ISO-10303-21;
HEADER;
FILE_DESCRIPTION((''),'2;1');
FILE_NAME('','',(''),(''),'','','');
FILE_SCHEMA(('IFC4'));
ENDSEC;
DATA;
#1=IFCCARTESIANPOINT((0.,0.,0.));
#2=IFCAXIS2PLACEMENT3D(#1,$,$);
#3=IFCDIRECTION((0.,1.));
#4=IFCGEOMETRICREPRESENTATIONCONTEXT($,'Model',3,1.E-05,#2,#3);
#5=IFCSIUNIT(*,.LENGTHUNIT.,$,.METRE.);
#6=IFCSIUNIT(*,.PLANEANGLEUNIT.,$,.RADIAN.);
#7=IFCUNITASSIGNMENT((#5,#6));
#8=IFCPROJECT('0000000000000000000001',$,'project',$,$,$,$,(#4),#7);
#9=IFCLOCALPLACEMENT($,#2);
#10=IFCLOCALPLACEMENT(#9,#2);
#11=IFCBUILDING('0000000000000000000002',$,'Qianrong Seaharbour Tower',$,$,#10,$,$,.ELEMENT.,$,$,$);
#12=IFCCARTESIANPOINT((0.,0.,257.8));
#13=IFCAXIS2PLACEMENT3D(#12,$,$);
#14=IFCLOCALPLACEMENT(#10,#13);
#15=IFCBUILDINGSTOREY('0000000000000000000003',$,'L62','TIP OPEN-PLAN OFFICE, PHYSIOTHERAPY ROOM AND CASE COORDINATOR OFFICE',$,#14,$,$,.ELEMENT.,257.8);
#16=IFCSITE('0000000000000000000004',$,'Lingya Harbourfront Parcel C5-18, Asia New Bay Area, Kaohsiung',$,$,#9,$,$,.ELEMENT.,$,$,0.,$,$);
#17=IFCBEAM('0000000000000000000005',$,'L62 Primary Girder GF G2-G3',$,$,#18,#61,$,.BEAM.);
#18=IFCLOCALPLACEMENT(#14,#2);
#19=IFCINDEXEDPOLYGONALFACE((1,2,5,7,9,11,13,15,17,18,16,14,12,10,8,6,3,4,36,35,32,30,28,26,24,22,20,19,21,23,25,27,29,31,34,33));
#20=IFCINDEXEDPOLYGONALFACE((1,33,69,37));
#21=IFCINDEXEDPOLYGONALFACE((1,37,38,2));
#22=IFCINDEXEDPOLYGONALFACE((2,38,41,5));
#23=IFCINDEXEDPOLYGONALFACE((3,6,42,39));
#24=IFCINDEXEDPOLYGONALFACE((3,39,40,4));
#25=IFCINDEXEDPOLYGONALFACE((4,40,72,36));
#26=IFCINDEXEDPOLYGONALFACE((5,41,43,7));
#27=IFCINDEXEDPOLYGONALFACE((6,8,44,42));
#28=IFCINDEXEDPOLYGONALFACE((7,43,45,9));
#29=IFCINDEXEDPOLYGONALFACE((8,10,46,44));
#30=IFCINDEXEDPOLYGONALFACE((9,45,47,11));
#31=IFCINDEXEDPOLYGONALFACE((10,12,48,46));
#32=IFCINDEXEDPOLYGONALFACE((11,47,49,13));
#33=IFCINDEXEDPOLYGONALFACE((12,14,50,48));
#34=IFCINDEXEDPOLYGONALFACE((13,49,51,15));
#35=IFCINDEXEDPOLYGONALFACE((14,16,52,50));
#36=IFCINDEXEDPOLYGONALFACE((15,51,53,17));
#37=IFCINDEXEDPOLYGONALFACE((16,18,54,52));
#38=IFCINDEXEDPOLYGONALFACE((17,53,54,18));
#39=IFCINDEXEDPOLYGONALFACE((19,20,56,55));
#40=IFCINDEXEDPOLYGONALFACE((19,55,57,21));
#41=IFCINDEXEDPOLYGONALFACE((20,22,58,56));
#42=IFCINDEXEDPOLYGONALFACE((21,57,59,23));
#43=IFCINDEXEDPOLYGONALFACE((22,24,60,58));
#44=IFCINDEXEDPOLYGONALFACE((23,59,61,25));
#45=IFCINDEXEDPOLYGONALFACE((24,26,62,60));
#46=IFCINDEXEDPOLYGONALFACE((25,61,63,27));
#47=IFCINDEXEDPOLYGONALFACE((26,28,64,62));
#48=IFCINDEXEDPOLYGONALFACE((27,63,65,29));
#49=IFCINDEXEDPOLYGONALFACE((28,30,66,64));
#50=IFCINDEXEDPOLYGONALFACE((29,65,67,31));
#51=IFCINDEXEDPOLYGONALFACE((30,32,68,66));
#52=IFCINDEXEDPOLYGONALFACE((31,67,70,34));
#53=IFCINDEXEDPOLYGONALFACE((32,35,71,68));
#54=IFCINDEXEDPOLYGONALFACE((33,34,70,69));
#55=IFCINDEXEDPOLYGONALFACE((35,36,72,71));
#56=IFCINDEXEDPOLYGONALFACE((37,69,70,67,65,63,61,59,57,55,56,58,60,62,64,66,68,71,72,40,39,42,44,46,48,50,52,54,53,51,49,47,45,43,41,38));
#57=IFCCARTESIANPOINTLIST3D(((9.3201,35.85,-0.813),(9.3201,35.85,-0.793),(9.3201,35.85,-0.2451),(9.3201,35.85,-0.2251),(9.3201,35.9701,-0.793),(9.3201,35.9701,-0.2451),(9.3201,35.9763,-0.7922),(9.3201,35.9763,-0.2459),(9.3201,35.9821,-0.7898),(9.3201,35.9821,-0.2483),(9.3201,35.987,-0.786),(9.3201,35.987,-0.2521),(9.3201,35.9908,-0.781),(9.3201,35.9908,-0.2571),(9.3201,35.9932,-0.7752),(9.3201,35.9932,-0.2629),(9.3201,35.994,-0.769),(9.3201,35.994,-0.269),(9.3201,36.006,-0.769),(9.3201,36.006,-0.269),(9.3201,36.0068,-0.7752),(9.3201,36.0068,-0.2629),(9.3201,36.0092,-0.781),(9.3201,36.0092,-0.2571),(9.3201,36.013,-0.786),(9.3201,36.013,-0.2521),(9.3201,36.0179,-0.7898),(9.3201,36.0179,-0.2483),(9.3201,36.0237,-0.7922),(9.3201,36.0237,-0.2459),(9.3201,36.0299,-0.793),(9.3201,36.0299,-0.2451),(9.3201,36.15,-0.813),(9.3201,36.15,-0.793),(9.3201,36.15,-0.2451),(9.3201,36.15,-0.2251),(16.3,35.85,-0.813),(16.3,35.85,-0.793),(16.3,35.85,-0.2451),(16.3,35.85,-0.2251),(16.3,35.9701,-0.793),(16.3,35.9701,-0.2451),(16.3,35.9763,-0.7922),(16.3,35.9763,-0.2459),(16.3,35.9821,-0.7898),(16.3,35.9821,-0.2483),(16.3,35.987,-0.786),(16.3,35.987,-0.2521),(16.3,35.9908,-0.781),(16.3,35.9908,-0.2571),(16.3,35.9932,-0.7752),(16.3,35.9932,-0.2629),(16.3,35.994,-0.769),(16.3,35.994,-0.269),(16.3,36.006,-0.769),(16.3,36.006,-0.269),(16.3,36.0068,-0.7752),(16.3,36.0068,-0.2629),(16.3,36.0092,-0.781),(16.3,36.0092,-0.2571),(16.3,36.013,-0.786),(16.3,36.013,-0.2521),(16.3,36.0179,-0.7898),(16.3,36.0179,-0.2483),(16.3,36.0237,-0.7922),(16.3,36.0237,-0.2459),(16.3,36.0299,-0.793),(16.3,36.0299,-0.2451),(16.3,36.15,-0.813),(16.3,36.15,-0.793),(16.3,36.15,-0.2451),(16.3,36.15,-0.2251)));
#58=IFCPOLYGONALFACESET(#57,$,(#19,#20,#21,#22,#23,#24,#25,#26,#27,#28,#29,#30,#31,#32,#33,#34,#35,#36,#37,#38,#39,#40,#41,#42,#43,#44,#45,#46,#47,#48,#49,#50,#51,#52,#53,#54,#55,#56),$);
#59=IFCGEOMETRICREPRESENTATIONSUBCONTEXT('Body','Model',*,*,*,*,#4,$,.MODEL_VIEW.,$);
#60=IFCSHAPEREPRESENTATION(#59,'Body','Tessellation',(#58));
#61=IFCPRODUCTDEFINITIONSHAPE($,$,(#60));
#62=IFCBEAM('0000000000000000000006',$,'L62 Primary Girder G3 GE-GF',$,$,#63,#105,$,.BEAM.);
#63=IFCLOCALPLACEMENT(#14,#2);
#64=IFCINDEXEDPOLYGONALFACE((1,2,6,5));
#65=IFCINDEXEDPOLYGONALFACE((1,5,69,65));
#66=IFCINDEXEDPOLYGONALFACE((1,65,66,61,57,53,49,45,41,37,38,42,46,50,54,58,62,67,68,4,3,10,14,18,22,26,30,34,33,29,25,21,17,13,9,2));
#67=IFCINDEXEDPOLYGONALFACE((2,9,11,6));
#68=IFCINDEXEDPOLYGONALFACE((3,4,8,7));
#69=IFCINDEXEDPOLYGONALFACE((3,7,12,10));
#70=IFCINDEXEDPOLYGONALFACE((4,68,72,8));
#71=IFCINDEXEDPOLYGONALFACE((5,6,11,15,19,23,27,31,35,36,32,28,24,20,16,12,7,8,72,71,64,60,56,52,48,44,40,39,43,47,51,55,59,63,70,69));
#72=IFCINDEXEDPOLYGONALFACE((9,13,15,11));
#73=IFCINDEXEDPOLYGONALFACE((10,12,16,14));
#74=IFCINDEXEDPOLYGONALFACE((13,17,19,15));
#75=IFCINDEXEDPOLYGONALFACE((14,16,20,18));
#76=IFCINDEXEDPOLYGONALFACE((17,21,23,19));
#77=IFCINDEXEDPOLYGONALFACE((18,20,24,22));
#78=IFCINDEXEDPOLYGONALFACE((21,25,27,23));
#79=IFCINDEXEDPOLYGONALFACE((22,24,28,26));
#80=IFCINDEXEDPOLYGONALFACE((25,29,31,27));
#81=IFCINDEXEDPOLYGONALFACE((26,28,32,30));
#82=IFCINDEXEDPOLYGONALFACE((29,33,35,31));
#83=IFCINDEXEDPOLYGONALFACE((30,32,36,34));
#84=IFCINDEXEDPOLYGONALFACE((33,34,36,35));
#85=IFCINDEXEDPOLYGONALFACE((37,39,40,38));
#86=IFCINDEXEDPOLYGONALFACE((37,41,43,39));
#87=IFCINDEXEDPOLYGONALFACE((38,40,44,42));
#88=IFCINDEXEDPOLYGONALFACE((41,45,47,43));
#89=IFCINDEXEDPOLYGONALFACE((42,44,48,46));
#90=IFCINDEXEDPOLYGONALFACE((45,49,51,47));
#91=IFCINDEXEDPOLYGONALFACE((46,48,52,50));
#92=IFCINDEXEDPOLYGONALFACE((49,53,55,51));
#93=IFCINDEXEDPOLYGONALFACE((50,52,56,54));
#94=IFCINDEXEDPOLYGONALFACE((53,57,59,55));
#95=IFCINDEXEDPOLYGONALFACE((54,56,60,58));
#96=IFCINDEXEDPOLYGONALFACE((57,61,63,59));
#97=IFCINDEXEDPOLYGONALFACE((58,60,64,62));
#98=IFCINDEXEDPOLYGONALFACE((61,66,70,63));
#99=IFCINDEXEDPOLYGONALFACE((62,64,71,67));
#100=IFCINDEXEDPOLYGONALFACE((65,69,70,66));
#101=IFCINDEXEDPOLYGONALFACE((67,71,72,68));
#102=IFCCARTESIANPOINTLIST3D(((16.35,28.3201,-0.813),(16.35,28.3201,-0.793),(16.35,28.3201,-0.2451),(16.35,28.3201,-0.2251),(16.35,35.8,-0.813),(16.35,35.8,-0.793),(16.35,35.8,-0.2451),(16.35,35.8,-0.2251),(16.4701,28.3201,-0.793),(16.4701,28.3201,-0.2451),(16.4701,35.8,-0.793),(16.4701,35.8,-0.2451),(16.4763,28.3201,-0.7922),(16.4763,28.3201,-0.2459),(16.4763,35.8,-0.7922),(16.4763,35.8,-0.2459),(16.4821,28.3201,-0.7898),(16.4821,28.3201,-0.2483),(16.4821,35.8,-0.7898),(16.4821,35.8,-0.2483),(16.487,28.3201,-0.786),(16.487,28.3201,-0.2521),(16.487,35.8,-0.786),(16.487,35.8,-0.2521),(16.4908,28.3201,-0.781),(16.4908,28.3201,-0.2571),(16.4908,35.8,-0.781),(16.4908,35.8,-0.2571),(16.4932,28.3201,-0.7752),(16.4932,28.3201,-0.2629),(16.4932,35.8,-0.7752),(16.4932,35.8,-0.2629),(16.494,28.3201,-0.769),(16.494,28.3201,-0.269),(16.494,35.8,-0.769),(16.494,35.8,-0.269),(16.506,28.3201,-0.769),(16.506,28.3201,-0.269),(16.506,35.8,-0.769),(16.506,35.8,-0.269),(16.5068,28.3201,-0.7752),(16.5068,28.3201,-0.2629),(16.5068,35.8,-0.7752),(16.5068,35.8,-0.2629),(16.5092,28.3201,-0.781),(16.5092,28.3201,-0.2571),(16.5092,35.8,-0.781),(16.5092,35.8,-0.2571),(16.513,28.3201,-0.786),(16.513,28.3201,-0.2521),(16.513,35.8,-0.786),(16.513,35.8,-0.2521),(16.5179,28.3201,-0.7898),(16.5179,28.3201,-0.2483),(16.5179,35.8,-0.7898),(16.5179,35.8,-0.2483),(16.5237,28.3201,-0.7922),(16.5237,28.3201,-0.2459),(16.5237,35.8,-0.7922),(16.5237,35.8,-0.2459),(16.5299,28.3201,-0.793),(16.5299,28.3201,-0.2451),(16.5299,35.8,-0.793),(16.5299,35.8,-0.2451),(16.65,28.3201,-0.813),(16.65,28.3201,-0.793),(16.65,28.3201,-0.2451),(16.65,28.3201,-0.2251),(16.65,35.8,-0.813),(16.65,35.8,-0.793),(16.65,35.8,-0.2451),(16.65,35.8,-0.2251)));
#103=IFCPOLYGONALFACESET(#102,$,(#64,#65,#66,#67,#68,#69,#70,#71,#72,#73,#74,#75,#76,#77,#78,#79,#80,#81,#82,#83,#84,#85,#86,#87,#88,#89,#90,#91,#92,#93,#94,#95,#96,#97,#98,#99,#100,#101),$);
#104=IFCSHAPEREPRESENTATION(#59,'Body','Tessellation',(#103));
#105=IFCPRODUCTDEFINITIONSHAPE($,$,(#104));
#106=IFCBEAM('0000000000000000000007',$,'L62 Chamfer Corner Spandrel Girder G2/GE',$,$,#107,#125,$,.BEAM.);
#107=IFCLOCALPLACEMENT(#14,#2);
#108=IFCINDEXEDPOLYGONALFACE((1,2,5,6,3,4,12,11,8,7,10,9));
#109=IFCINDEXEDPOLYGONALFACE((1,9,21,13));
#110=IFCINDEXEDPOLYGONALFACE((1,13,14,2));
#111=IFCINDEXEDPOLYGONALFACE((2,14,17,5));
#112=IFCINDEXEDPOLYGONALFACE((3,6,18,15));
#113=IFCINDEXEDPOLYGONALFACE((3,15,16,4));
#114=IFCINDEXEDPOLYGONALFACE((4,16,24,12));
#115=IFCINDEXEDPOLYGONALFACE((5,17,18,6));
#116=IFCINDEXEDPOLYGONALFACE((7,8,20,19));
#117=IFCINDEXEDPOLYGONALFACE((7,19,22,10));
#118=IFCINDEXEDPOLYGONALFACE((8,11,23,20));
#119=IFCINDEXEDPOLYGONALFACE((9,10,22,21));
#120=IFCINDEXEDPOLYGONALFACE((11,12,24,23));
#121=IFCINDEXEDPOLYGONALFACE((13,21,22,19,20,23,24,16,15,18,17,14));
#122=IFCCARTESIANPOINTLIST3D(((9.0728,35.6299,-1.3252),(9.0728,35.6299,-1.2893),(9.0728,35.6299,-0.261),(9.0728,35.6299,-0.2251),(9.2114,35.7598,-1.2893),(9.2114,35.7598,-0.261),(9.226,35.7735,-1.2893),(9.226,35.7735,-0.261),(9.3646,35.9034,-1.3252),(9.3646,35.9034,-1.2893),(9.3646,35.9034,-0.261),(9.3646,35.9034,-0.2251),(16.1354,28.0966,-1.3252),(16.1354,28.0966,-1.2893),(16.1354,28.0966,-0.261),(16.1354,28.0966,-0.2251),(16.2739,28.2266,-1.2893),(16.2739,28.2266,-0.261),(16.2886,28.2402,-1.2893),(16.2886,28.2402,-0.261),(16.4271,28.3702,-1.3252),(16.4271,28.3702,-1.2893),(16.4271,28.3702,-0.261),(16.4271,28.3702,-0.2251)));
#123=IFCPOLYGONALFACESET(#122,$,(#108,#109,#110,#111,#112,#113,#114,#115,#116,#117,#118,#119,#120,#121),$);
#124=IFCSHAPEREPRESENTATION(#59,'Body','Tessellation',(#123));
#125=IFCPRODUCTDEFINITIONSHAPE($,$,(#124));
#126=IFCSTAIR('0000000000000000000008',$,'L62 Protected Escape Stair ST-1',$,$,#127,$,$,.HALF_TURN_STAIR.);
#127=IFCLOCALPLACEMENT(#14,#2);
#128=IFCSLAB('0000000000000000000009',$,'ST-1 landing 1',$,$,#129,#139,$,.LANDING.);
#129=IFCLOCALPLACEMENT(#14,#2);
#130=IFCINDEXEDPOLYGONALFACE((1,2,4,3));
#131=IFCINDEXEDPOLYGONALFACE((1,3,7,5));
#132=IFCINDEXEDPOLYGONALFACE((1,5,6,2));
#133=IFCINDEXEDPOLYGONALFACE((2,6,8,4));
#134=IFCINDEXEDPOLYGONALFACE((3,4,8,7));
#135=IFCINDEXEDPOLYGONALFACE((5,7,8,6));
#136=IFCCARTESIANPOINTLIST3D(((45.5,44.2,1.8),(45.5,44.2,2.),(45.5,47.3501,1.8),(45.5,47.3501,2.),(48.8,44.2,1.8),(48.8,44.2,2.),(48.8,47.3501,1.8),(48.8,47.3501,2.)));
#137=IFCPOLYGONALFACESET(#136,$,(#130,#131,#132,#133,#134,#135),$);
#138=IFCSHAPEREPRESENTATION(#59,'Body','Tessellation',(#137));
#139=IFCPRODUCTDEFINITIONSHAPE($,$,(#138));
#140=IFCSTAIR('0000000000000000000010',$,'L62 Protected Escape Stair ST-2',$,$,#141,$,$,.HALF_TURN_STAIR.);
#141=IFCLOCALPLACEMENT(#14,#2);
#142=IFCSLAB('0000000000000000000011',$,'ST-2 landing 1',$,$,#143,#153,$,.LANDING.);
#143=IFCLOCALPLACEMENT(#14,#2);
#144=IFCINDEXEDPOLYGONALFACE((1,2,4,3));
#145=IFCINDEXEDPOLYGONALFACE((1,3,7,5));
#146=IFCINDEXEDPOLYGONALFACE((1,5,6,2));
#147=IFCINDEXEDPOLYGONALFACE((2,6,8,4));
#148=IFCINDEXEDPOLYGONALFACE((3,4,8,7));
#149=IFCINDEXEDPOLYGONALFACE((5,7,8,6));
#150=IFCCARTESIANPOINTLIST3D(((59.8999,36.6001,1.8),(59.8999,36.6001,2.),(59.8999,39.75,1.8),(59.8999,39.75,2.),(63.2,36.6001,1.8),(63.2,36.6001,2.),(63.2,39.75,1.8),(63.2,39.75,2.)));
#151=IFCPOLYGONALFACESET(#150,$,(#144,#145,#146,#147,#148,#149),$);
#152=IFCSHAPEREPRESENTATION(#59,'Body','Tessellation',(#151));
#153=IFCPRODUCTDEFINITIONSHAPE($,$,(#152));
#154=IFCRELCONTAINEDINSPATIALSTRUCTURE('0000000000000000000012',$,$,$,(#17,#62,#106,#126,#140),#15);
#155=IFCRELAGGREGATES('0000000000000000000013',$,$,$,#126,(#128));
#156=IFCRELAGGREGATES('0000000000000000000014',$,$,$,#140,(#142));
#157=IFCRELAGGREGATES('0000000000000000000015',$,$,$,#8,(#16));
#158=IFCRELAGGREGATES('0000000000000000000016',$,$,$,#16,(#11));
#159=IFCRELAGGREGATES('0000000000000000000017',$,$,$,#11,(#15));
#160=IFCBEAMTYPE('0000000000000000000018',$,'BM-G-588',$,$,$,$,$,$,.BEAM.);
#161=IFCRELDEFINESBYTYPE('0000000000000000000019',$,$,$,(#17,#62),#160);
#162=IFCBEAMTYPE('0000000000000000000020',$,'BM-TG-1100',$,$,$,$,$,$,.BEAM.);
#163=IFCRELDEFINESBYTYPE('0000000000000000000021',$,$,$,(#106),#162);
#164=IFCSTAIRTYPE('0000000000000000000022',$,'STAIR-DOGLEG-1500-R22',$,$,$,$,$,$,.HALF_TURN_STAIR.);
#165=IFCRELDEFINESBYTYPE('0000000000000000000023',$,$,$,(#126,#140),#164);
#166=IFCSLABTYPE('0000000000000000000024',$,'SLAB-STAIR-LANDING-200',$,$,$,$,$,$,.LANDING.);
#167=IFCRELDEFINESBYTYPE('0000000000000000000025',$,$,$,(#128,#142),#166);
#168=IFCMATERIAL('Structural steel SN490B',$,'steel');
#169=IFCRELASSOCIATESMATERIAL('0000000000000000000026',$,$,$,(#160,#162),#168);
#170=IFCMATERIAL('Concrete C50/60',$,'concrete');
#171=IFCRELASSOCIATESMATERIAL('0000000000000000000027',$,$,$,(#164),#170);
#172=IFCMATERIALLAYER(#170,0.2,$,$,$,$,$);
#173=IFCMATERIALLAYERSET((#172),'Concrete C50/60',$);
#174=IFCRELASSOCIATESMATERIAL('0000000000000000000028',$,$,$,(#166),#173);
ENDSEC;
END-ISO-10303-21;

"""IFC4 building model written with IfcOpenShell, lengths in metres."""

from ifc_helpers import new_model, si_unit, direction, frame, origin, origin_2d, place, context, subcontext, project, spatial, polyline, i_section, outline, extrude, material, layer, layer_set, material_profile, profile_set, type_object, element, aggregate, save


model = new_model("IFC4")

# Units and contexts
model_context = context("Model", 3, precision=1e-05, world=origin(), true_north=direction((0.0, 1.0)))
body_context = subcontext(model_context, "Body", "Model", "MODEL_VIEW")
ifc_project = project(units=[si_unit("LENGTHUNIT", "METRE"), si_unit("PLANEANGLEUNIT", "RADIAN")], contexts=[model_context])

# Site, building, storey
site_placement = place(None, origin())
site = spatial("IfcSite", under=ifc_project, at=site_placement, Name="Lingya Harbourfront Parcel C5-18, Asia New Bay Area, Kaohsiung", CompositionType="ELEMENT", RefElevation=0.0)
building_placement = place(site_placement, origin())
building = spatial("IfcBuilding", under=site, at=building_placement, Name="Qianrong Seaharbour Tower", CompositionType="ELEMENT")
storey_placement = place(building_placement, frame((0.0, 0.0, 257.8)))
storey = spatial("IfcBuildingStorey", under=building, at=storey_placement, Name="L62", Description="TIP OPEN-PLAN OFFICE, PHYSIOTHERAPY ROOM AND CASE COORDINATOR OFFICE", CompositionType="ELEMENT", Elevation=257.8)

# Shared definitions
ifc_material_1 = material(Name="Structural steel SN490B", Category="steel")

# Beams
ifc_material_profile_1 = material_profile(ifc_material_1, i_section(OverallWidth=0.3, OverallDepth=0.5879, WebThickness=0.012, FlangeThickness=0.02, FilletRadius=0.0239, at=origin_2d()), Name="H588x300x12x20")
ifc_profile_set_1 = profile_set([ifc_material_profile_1], Name="Structural steel SN490B")
beam_type_1 = type_object("IfcBeamType", Name="BM-G-588", PredefinedType="BEAM", material=ifc_profile_set_1)
beam_1_placement = place(storey_placement, frame((9.3201, 36.0, -0.519), z_axis=(1.0, 0.0, 0.0), x_axis=(0.0, 1.0, 0.0)))
element("IfcBeam", 1, at=beam_1_placement, inside=storey, type_object=beam_type_1, Name="L62 Primary Girder GF G2-G3", PredefinedType="BEAM", context=body_context, shape_type="SweptSolid", body=[
    extrude(i_section(OverallWidth=0.3, OverallDepth=0.5879, WebThickness=0.012, FlangeThickness=0.02, FilletRadius=0.0239, at=origin_2d()), origin(), (0.0, 0.0, 1.0), 6.98),
])
beam_2_placement = place(storey_placement, frame((16.5, 28.3201, -0.519), z_axis=(0.0, 1.0, 0.0), x_axis=(-1.0, 0.0, 0.0)))
element("IfcBeam", 2, at=beam_2_placement, inside=storey, type_object=beam_type_1, Name="L62 Primary Girder G3 GE-GF", PredefinedType="BEAM", context=body_context, shape_type="SweptSolid", body=[
    extrude(i_section(OverallWidth=0.3, OverallDepth=0.5879, WebThickness=0.012, FlangeThickness=0.02, FilletRadius=0.0239, at=origin_2d()), origin(), (0.0, 0.0, 1.0), 7.48),
])
ifc_material_profile_2 = material_profile(ifc_material_1, i_section(OverallWidth=0.3999, OverallDepth=1.1001, WebThickness=0.02, FlangeThickness=0.0359, at=origin_2d()), Name="BH1100x400x20x36")
ifc_profile_set_2 = profile_set([ifc_material_profile_2], Name="Structural steel SN490B")
beam_type_2 = type_object("IfcBeamType", Name="BM-TG-1100", PredefinedType="BEAM", material=ifc_profile_set_2)
beam_3_placement = place(storey_placement, frame((16.2812, 28.2334, -0.7751), z_axis=(-0.683947, 0.729531, 0.0), x_axis=(-0.729531, -0.683947, 0.0)))
element("IfcBeam", 3, at=beam_3_placement, inside=storey, type_object=beam_type_2, Name="L62 Chamfer Corner Spandrel Girder G2/GE", PredefinedType="BEAM", context=body_context, shape_type="SweptSolid", body=[
    extrude(i_section(OverallWidth=0.3999, OverallDepth=1.1001, WebThickness=0.02, FlangeThickness=0.0359, at=origin_2d()), origin(), (0.0, 0.0, 1.0), 10.3262),
])

# Stairs, slabs
ifc_material_2 = material(Name="Concrete C50/60", Category="concrete")
stair_type = type_object("IfcStairType", Name="STAIR-DOGLEG-1500-R22", PredefinedType="HALF_TURN_STAIR", material=ifc_material_2)
stair_1_placement = place(storey_placement, origin())
stair_1 = element("IfcStair", 4, at=stair_1_placement, inside=storey, type_object=stair_type, Name="L62 Protected Escape Stair ST-1", PredefinedType="HALF_TURN_STAIR")
ifc_layer_1 = layer(ifc_material_2, 0.2)
ifc_layer_set_1 = layer_set([ifc_layer_1], Name="Concrete C50/60")
slab_type_1 = type_object("IfcSlabType", Name="SLAB-STAIR-LANDING-200", PredefinedType="LANDING", material=ifc_layer_set_1)
slab_1_placement = place(storey_placement, frame((0.0, 0.0, 1.8)))
slab_1 = element("IfcSlab", 5, at=slab_1_placement, type_object=slab_type_1, Name="ST-1 landing 1", PredefinedType="LANDING", context=body_context, shape_type="SweptSolid", body=[
    extrude(outline(polyline([(45.5, 44.2), (48.8, 44.2), (48.8, 47.3501), (45.5, 47.3501), (45.5, 44.2)])), origin(), (0.0, 0.0, 1.0), 0.2),
])
aggregate(stair_1, [slab_1])
stair_2_placement = place(storey_placement, origin())
stair_2 = element("IfcStair", 6, at=stair_2_placement, inside=storey, type_object=stair_type, Name="L62 Protected Escape Stair ST-2", PredefinedType="HALF_TURN_STAIR")
slab_2_placement = place(storey_placement, frame((0.0, 0.0, 1.8)))
slab_2 = element("IfcSlab", 7, at=slab_2_placement, type_object=slab_type_1, Name="ST-2 landing 1", PredefinedType="LANDING", context=body_context, shape_type="SweptSolid", body=[
    extrude(outline(polyline([(59.8999, 36.6001), (63.2, 36.6001), (63.2, 39.75), (59.8999, 39.75), (59.8999, 36.6001)])), origin(), (0.0, 0.0, 1.0), 0.2),
])
aggregate(stair_2, [slab_2])

save(model, "model.ifc")
